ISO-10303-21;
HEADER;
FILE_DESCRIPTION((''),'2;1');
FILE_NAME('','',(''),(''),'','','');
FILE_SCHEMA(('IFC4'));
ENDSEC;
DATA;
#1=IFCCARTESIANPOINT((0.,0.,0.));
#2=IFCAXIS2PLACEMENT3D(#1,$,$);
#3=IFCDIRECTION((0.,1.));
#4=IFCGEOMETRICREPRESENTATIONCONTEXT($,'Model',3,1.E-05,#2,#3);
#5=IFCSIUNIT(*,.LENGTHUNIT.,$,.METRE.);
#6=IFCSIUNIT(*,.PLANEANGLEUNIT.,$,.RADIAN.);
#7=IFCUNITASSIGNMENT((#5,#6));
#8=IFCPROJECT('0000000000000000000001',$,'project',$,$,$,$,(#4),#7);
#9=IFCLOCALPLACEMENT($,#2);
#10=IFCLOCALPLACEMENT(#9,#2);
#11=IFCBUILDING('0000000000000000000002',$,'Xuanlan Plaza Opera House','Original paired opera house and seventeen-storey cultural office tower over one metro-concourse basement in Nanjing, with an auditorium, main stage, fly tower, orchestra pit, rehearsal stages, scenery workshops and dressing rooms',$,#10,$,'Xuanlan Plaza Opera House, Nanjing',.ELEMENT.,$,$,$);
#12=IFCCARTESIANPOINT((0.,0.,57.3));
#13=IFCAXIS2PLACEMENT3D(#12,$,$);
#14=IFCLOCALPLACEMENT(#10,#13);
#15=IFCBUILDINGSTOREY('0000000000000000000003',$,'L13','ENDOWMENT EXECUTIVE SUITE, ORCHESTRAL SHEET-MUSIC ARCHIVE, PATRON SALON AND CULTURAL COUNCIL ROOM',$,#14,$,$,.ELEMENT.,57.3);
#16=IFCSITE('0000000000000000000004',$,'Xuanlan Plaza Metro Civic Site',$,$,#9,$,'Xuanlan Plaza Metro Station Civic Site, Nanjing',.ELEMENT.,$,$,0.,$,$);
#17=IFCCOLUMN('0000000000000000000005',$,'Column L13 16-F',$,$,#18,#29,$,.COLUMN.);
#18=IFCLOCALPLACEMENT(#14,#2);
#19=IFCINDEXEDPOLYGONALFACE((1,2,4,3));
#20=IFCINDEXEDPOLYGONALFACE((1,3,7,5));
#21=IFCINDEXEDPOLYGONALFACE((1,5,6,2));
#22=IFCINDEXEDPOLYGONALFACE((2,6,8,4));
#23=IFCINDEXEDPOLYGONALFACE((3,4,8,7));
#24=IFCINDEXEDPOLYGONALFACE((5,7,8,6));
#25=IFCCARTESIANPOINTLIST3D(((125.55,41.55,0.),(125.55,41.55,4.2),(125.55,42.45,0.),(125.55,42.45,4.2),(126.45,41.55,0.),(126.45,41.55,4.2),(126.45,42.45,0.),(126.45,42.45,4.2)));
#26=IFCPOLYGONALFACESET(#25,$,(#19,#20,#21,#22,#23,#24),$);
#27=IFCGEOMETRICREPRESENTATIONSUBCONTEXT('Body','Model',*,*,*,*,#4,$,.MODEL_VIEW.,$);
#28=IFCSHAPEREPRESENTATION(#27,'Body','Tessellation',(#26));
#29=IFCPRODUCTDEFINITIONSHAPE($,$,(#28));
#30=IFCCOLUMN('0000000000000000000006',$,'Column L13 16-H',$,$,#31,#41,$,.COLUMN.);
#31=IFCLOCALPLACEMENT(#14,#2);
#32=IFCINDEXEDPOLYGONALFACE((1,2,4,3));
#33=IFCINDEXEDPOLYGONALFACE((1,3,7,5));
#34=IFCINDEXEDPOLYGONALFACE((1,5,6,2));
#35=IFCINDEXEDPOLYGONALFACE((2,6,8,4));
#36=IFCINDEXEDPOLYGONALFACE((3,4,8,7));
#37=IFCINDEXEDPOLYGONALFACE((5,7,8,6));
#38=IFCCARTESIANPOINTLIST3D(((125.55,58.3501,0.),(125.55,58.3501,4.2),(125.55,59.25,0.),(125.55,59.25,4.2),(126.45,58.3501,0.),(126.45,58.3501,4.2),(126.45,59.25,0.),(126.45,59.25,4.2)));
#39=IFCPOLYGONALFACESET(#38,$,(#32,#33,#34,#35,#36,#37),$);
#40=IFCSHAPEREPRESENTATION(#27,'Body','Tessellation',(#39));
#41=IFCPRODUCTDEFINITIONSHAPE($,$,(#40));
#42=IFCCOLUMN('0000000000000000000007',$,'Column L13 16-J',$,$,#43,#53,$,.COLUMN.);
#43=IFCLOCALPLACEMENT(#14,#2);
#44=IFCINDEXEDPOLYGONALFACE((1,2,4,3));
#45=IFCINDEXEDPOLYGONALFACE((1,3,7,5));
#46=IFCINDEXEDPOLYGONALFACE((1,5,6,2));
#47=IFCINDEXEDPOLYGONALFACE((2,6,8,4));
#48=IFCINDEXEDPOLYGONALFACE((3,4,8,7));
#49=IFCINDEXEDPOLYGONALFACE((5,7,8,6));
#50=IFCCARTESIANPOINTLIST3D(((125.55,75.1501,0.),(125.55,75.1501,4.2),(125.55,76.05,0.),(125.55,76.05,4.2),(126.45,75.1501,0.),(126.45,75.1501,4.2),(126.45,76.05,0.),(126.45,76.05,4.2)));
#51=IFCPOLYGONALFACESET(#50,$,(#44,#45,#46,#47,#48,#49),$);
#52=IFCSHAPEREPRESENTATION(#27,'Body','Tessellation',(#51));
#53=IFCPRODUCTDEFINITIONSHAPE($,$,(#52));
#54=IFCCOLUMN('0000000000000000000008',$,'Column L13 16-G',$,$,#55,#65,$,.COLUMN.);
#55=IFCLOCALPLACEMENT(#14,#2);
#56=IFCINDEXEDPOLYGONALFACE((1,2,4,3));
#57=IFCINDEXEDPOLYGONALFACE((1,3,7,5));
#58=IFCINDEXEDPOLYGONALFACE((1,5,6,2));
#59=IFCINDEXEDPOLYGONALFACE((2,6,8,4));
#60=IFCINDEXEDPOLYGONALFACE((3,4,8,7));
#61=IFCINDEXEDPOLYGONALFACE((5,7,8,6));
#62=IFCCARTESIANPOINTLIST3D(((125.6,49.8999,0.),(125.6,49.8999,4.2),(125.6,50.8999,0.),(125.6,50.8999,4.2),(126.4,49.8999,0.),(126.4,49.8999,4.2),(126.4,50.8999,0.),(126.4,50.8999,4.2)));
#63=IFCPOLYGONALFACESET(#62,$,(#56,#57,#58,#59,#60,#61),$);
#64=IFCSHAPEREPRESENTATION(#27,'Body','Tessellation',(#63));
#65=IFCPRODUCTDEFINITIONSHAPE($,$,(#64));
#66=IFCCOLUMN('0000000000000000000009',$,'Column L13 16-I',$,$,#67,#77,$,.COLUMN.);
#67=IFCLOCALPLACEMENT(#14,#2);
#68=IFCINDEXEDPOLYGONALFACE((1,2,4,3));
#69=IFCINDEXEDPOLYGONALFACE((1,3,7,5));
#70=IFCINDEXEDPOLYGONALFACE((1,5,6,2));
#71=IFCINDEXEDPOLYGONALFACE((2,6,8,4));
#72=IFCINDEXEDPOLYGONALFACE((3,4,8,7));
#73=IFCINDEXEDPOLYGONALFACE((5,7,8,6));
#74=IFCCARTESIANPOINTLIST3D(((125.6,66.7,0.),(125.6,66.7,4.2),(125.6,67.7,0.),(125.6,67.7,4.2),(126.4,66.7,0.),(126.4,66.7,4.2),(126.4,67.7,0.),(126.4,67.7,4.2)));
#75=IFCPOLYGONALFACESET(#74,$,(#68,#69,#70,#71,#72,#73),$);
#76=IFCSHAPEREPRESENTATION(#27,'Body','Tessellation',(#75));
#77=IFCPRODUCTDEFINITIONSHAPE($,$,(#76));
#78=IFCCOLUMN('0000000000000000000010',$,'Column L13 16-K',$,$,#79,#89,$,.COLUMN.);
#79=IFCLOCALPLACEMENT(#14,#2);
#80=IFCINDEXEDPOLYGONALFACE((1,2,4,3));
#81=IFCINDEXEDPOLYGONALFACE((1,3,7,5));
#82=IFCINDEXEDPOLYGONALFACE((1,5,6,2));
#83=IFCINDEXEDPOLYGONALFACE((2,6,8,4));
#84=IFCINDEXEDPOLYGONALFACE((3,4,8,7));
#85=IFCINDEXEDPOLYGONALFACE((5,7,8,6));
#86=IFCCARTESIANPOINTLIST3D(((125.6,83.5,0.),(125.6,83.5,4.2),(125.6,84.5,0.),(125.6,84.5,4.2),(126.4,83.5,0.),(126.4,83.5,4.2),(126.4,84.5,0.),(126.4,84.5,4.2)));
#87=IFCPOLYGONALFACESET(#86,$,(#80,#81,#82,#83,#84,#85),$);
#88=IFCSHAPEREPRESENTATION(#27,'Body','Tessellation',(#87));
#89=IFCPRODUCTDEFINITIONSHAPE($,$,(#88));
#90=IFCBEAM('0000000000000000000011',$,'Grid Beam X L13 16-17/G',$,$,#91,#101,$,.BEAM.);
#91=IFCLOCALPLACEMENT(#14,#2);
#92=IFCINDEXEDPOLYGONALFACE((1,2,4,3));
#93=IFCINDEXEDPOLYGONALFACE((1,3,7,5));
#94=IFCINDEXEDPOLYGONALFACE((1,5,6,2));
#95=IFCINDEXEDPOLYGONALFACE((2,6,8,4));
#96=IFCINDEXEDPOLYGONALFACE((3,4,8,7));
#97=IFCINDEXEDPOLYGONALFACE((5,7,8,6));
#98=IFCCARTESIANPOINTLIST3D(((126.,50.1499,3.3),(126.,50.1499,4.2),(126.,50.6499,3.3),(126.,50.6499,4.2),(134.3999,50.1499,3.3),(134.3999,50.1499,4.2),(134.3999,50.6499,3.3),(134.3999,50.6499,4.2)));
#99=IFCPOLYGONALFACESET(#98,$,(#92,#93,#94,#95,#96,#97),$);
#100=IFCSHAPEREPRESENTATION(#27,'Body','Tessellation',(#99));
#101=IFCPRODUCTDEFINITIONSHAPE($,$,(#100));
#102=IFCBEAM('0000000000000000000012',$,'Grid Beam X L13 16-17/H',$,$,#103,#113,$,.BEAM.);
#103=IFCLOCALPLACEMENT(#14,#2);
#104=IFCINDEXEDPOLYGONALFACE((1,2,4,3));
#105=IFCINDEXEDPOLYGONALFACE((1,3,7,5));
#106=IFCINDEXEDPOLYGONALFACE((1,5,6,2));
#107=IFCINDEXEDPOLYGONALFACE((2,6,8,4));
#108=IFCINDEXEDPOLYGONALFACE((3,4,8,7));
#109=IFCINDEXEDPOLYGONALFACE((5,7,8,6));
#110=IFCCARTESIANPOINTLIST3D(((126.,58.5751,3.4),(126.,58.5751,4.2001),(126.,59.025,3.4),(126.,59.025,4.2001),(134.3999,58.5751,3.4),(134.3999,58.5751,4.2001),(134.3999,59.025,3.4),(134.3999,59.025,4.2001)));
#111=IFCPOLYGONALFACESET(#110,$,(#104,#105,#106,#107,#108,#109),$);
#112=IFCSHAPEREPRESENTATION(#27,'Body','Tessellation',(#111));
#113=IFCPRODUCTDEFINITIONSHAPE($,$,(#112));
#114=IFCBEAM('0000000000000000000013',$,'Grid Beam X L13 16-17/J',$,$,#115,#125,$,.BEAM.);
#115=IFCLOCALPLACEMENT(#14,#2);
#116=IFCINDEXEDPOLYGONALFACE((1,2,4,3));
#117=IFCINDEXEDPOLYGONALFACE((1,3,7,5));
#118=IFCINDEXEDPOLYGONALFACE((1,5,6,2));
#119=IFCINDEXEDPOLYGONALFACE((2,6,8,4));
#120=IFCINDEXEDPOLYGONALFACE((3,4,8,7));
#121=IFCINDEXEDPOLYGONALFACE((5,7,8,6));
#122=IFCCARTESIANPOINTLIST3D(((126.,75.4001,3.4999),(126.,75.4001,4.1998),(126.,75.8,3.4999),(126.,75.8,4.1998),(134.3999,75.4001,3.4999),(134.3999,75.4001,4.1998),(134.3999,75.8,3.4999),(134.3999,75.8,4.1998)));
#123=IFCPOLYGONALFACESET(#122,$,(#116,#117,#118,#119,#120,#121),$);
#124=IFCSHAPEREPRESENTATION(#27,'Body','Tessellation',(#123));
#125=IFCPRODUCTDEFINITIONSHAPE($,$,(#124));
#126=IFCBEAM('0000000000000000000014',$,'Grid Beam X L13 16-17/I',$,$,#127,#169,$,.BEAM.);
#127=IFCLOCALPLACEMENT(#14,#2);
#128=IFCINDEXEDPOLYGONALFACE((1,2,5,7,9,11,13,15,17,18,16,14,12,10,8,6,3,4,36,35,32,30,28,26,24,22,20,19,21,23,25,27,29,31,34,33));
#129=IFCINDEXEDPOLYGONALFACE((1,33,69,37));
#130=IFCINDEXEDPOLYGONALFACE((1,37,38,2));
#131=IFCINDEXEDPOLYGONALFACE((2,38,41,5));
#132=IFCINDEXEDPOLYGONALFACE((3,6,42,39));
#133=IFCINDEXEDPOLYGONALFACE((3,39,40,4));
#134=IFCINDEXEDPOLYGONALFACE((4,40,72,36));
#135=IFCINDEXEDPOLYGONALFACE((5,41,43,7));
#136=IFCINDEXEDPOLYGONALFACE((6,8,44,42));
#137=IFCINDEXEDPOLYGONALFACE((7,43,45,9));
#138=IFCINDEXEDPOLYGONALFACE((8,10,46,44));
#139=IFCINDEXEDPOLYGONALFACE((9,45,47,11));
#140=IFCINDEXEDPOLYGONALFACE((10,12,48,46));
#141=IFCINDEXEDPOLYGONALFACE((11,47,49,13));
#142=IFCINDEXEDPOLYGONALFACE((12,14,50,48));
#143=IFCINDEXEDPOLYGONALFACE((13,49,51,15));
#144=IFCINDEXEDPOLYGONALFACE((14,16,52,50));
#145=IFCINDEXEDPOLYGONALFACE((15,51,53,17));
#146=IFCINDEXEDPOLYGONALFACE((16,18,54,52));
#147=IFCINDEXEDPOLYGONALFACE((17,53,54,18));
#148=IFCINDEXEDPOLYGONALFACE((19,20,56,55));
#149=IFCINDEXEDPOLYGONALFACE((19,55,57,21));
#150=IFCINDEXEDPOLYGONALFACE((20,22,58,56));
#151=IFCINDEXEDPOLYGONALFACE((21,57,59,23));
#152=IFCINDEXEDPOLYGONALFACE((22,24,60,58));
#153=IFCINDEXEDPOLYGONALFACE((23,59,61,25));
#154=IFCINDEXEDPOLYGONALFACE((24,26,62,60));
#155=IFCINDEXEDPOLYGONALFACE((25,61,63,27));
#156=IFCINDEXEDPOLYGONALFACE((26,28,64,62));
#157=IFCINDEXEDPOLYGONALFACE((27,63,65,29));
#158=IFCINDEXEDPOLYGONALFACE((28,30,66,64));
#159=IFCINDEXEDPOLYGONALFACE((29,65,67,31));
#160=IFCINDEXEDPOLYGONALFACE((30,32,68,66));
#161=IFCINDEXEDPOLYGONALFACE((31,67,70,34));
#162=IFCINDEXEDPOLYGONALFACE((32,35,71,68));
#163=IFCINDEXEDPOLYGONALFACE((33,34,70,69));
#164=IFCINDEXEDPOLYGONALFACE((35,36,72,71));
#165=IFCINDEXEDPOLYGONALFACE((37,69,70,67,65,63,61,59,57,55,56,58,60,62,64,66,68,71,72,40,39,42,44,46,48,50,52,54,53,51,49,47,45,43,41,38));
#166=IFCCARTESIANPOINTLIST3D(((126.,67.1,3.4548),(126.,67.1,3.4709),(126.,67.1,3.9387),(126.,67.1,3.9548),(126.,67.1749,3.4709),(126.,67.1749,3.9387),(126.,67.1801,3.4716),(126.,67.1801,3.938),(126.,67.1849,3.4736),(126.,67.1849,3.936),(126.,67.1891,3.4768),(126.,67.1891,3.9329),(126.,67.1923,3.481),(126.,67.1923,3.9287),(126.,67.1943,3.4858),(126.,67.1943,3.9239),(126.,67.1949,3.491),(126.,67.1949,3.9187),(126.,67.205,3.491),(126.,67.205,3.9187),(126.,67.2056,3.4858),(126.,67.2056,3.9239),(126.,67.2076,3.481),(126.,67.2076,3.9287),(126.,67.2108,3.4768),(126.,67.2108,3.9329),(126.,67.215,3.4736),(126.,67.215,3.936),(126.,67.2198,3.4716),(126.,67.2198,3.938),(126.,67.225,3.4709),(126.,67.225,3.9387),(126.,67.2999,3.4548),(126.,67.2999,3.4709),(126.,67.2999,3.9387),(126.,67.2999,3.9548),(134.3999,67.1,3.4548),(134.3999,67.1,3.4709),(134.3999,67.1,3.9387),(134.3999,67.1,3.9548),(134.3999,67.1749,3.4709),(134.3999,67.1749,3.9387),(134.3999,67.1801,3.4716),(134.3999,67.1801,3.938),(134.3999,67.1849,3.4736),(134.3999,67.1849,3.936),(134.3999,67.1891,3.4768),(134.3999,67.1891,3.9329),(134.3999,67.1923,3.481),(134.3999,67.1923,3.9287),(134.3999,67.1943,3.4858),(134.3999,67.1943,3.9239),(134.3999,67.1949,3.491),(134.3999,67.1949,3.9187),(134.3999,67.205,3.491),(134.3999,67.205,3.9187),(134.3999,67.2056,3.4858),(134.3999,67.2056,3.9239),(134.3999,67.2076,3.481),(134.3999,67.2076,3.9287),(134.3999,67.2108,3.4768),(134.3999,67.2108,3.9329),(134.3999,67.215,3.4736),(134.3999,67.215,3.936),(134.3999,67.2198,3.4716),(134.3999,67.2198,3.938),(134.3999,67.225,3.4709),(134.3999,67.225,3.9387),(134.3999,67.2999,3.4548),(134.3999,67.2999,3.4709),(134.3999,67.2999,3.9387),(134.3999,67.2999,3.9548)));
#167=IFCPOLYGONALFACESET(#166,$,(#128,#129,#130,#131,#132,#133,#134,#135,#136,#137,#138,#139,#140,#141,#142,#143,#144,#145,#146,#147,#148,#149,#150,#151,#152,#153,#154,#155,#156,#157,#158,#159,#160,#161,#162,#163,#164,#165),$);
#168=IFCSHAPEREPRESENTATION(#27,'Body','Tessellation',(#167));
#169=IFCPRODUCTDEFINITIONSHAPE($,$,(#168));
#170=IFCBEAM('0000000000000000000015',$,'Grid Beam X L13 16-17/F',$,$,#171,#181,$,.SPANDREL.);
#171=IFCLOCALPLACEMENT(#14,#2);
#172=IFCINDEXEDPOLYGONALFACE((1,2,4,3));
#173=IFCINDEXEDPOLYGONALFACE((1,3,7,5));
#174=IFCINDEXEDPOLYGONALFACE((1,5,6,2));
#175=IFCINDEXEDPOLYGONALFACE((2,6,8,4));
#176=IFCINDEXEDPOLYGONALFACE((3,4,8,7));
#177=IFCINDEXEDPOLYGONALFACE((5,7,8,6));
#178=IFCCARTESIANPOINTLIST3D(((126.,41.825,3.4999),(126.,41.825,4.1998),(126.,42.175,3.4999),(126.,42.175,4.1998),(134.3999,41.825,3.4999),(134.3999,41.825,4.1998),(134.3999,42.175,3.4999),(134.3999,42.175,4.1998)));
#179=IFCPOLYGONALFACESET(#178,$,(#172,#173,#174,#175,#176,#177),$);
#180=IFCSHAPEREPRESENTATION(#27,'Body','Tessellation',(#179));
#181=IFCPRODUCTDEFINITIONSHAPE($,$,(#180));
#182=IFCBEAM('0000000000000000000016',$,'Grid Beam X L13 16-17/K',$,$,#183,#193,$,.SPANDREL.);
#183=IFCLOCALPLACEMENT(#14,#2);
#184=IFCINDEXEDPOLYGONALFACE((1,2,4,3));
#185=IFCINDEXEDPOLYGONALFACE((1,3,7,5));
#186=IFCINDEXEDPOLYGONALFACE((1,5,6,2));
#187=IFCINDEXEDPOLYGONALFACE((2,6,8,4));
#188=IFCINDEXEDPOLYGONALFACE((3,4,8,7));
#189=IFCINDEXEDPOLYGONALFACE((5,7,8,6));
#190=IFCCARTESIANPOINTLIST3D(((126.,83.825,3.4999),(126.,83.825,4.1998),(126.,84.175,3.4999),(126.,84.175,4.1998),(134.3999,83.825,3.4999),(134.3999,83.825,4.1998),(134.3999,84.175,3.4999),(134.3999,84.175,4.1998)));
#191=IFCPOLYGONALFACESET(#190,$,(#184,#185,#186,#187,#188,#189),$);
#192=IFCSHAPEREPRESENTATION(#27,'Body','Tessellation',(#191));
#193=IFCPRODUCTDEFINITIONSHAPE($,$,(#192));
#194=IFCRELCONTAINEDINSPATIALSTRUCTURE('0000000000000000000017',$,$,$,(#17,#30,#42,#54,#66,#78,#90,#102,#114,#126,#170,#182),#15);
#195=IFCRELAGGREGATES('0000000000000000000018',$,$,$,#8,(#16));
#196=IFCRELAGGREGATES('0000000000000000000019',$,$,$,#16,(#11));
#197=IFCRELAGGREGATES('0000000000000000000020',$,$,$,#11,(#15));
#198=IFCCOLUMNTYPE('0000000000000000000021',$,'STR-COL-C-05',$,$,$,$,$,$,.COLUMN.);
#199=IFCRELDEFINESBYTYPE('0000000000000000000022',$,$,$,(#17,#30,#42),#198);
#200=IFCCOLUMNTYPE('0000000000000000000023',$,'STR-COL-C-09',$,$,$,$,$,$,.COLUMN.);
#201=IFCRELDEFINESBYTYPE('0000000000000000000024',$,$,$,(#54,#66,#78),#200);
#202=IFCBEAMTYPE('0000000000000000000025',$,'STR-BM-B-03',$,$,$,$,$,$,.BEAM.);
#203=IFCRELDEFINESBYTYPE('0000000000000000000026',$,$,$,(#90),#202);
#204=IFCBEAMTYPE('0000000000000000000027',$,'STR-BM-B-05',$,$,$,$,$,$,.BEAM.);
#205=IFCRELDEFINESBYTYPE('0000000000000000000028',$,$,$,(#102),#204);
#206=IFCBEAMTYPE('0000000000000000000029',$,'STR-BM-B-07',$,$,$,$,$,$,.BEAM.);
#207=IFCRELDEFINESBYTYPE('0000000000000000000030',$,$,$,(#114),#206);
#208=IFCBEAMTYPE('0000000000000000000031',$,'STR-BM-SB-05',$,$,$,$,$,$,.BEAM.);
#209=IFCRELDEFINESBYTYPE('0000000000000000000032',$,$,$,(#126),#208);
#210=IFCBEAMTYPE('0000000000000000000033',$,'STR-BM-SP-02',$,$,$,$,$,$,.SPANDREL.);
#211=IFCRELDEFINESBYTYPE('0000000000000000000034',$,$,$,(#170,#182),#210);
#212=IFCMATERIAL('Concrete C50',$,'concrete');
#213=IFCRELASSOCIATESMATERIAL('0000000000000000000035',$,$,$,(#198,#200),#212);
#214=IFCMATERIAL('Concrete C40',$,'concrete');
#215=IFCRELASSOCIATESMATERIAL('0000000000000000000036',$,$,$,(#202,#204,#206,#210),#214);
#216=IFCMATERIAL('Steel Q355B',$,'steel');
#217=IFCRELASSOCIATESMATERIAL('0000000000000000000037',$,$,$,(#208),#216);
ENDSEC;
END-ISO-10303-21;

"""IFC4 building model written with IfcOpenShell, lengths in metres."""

from ifc_helpers import new_model, si_unit, direction, frame, origin, origin_2d, place, context, subcontext, project, spatial, rectangle, i_section, extrude, material, material_profile, profile_set, type_object, element, save


model = new_model("IFC4")

# Units and contexts
model_context = context("Model", 3, precision=1e-05, world=origin(), true_north=direction((0.0, 1.0)))
body_context = subcontext(model_context, "Body", "Model", "MODEL_VIEW")
ifc_project = project(units=[si_unit("LENGTHUNIT", "METRE"), si_unit("PLANEANGLEUNIT", "RADIAN")], contexts=[model_context])

# Site, building, storey
site_placement = place(None, origin())
site = spatial("IfcSite", under=ifc_project, at=site_placement, Name="Xuanlan Plaza Metro Civic Site", LongName="Xuanlan Plaza Metro Station Civic Site, Nanjing", CompositionType="ELEMENT", RefElevation=0.0)
building_placement = place(site_placement, origin())
building = spatial("IfcBuilding", under=site, at=building_placement, Name="Xuanlan Plaza Opera House", Description="Original paired opera house and seventeen-storey cultural office tower over one metro-concourse basement in Nanjing, with an auditorium, main stage, fly tower, orchestra pit, rehearsal stages, scenery workshops and dressing rooms", LongName="Xuanlan Plaza Opera House, Nanjing", CompositionType="ELEMENT")
storey_placement = place(building_placement, frame((0.0, 0.0, 57.3)))
storey = spatial("IfcBuildingStorey", under=building, at=storey_placement, Name="L13", Description="ENDOWMENT EXECUTIVE SUITE, ORCHESTRAL SHEET-MUSIC ARCHIVE, PATRON SALON AND CULTURAL COUNCIL ROOM", CompositionType="ELEMENT", Elevation=57.3)

# Columns
ifc_material_1 = material(Name="Concrete C50", Category="concrete")
ifc_material_profile_1 = material_profile(ifc_material_1, rectangle(XDim=0.8999, YDim=0.8999, at=origin_2d()), Name="RC-COL 900x900")
ifc_profile_set_1 = profile_set([ifc_material_profile_1], Name="Concrete C50")
column_type_1 = type_object("IfcColumnType", Name="STR-COL-C-05", PredefinedType="COLUMN", material=ifc_profile_set_1)
for number, where, z_axis, x_axis, name in (
    (1, (126.0, 42.0, 0.0), (0.0, 0.0, 1.0), (1.0, 0.0, 0.0), "Column L13 16-F"),
    (2, (126.0, 58.8, 0.0), (0.0, 0.0, 1.0), (1.0, 0.0, 0.0), "Column L13 16-H"),
    (3, (126.0, 75.6001, 0.0), (0.0, 0.0, 1.0), (1.0, 0.0, 0.0), "Column L13 16-J"),
):
    element("IfcColumn", number, at=place(storey_placement, frame(where, z_axis=z_axis, x_axis=x_axis)), inside=storey, type_object=column_type_1, Name=name, PredefinedType="COLUMN", context=body_context, shape_type="SweptSolid", body=[
        extrude(rectangle(XDim=0.8999, YDim=0.8999, at=origin_2d()), origin(), (0.0, 0.0, 1.0), 4.2),
    ])
ifc_material_profile_2 = material_profile(ifc_material_1, rectangle(XDim=0.8, YDim=1.0, at=origin_2d()), Name="RC-COL 800x1000")
ifc_profile_set_2 = profile_set([ifc_material_profile_2], Name="Concrete C50")
column_type_2 = type_object("IfcColumnType", Name="STR-COL-C-09", PredefinedType="COLUMN", material=ifc_profile_set_2)
for number, where, z_axis, x_axis, name in (
    (4, (126.0, 50.3999, 0.0), (0.0, 0.0, 1.0), (1.0, 0.0, 0.0), "Column L13 16-G"),
    (5, (126.0, 67.2, 0.0), (0.0, 0.0, 1.0), (1.0, 0.0, 0.0), "Column L13 16-I"),
    (6, (126.0, 84.0, 0.0), (0.0, 0.0, 1.0), (1.0, 0.0, 0.0), "Column L13 16-K"),
):
    element("IfcColumn", number, at=place(storey_placement, frame(where, z_axis=z_axis, x_axis=x_axis)), inside=storey, type_object=column_type_2, Name=name, PredefinedType="COLUMN", context=body_context, shape_type="SweptSolid", body=[
        extrude(rectangle(XDim=0.8, YDim=1.0, at=origin_2d()), origin(), (0.0, 0.0, 1.0), 4.2),
    ])

# Beams
ifc_material_2 = material(Name="Concrete C40", Category="concrete")
ifc_material_profile_3 = material_profile(ifc_material_2, rectangle(XDim=0.5, YDim=0.8999, at=origin_2d()), Name="RC-BM 500x900")
ifc_profile_set_3 = profile_set([ifc_material_profile_3], Name="Concrete C40")
beam_type_1 = type_object("IfcBeamType", Name="STR-BM-B-03", PredefinedType="BEAM", material=ifc_profile_set_3)
beam_1_placement = place(storey_placement, frame((126.0, 50.3999, 3.75), z_axis=(1.0, 0.0, 0.0), x_axis=(0.0, 1.0, 0.0)))
element("IfcBeam", 7, at=beam_1_placement, inside=storey, type_object=beam_type_1, Name="Grid Beam X L13 16-17/G", PredefinedType="BEAM", context=body_context, shape_type="SweptSolid", body=[
    extrude(rectangle(XDim=0.5, YDim=0.8999, at=origin_2d()), origin(), (0.0, 0.0, 1.0), 8.3999),
])
ifc_material_profile_4 = material_profile(ifc_material_2, rectangle(XDim=0.45, YDim=0.8, at=origin_2d()), Name="RC-BM 450x800")
ifc_profile_set_4 = profile_set([ifc_material_profile_4], Name="Concrete C40")
beam_type_2 = type_object("IfcBeamType", Name="STR-BM-B-05", PredefinedType="BEAM", material=ifc_profile_set_4)
beam_2_placement = place(storey_placement, frame((126.0, 58.8, 3.8), z_axis=(1.0, 0.0, 0.0), x_axis=(0.0, 1.0, 0.0)))
element("IfcBeam", 8, at=beam_2_placement, inside=storey, type_object=beam_type_2, Name="Grid Beam X L13 16-17/H", PredefinedType="BEAM", context=body_context, shape_type="SweptSolid", body=[
    extrude(rectangle(XDim=0.45, YDim=0.8, at=origin_2d()), origin(), (0.0, 0.0, 1.0), 8.3999),
])
ifc_material_profile_5 = material_profile(ifc_material_2, rectangle(XDim=0.3999, YDim=0.7, at=origin_2d()), Name="RC-BM 400x700")
ifc_profile_set_5 = profile_set([ifc_material_profile_5], Name="Concrete C40")
beam_type_3 = type_object("IfcBeamType", Name="STR-BM-B-07", PredefinedType="BEAM", material=ifc_profile_set_5)
beam_3_placement = place(storey_placement, frame((126.0, 75.6001, 3.8499), z_axis=(1.0, 0.0, 0.0), x_axis=(0.0, 1.0, 0.0)))
element("IfcBeam", 9, at=beam_3_placement, inside=storey, type_object=beam_type_3, Name="Grid Beam X L13 16-17/J", PredefinedType="BEAM", context=body_context, shape_type="SweptSolid", body=[
    extrude(rectangle(XDim=0.3999, YDim=0.7, at=origin_2d()), origin(), (0.0, 0.0, 1.0), 8.3999),
])
ifc_material_3 = material(Name="Steel Q355B", Category="steel")
ifc_material_profile_6 = material_profile(ifc_material_3, i_section(OverallWidth=0.2, OverallDepth=0.5, WebThickness=0.01, FlangeThickness=0.0161, FilletRadius=0.02, at=origin_2d()), Name="HN 500x200x10x16")
ifc_profile_set_6 = profile_set([ifc_material_profile_6], Name="Steel Q355B")
beam_type_4 = type_object("IfcBeamType", Name="STR-BM-SB-05", PredefinedType="BEAM", material=ifc_profile_set_6)
beam_4_placement = place(storey_placement, frame((126.0, 67.2, 3.7048), z_axis=(1.0, 0.0, 0.0), x_axis=(0.0, 1.0, 0.0)))
element("IfcBeam", 10, at=beam_4_placement, inside=storey, type_object=beam_type_4, Name="Grid Beam X L13 16-17/I", PredefinedType="BEAM", context=body_context, shape_type="SweptSolid", body=[
    extrude(i_section(OverallWidth=0.2, OverallDepth=0.5, WebThickness=0.01, FlangeThickness=0.0161, FilletRadius=0.02, at=origin_2d()), origin(), (0.0, 0.0, 1.0), 8.3999),
])
ifc_material_profile_7 = material_profile(ifc_material_2, rectangle(XDim=0.3501, YDim=0.7, at=origin_2d()), Name="RC-SPD 350x700")
ifc_profile_set_7 = profile_set([ifc_material_profile_7], Name="Concrete C40")
beam_type_5 = type_object("IfcBeamType", Name="STR-BM-SP-02", PredefinedType="SPANDREL", material=ifc_profile_set_7)
for number, where, z_axis, x_axis, name in (
    (11, (126.0, 42.0, 3.8499), (1.0, 0.0, 0.0), (0.0, 1.0, 0.0), "Grid Beam X L13 16-17/F"),
    (12, (126.0, 84.0, 3.8499), (1.0, 0.0, 0.0), (0.0, 1.0, 0.0), "Grid Beam X L13 16-17/K"),
):
    element("IfcBeam", number, at=place(storey_placement, frame(where, z_axis=z_axis, x_axis=x_axis)), inside=storey, type_object=beam_type_5, Name=name, PredefinedType="SPANDREL", context=body_context, shape_type="SweptSolid", body=[
        extrude(rectangle(XDim=0.3501, YDim=0.7, at=origin_2d()), origin(), (0.0, 0.0, 1.0), 8.3999),
    ])

save(model, "model.ifc")
